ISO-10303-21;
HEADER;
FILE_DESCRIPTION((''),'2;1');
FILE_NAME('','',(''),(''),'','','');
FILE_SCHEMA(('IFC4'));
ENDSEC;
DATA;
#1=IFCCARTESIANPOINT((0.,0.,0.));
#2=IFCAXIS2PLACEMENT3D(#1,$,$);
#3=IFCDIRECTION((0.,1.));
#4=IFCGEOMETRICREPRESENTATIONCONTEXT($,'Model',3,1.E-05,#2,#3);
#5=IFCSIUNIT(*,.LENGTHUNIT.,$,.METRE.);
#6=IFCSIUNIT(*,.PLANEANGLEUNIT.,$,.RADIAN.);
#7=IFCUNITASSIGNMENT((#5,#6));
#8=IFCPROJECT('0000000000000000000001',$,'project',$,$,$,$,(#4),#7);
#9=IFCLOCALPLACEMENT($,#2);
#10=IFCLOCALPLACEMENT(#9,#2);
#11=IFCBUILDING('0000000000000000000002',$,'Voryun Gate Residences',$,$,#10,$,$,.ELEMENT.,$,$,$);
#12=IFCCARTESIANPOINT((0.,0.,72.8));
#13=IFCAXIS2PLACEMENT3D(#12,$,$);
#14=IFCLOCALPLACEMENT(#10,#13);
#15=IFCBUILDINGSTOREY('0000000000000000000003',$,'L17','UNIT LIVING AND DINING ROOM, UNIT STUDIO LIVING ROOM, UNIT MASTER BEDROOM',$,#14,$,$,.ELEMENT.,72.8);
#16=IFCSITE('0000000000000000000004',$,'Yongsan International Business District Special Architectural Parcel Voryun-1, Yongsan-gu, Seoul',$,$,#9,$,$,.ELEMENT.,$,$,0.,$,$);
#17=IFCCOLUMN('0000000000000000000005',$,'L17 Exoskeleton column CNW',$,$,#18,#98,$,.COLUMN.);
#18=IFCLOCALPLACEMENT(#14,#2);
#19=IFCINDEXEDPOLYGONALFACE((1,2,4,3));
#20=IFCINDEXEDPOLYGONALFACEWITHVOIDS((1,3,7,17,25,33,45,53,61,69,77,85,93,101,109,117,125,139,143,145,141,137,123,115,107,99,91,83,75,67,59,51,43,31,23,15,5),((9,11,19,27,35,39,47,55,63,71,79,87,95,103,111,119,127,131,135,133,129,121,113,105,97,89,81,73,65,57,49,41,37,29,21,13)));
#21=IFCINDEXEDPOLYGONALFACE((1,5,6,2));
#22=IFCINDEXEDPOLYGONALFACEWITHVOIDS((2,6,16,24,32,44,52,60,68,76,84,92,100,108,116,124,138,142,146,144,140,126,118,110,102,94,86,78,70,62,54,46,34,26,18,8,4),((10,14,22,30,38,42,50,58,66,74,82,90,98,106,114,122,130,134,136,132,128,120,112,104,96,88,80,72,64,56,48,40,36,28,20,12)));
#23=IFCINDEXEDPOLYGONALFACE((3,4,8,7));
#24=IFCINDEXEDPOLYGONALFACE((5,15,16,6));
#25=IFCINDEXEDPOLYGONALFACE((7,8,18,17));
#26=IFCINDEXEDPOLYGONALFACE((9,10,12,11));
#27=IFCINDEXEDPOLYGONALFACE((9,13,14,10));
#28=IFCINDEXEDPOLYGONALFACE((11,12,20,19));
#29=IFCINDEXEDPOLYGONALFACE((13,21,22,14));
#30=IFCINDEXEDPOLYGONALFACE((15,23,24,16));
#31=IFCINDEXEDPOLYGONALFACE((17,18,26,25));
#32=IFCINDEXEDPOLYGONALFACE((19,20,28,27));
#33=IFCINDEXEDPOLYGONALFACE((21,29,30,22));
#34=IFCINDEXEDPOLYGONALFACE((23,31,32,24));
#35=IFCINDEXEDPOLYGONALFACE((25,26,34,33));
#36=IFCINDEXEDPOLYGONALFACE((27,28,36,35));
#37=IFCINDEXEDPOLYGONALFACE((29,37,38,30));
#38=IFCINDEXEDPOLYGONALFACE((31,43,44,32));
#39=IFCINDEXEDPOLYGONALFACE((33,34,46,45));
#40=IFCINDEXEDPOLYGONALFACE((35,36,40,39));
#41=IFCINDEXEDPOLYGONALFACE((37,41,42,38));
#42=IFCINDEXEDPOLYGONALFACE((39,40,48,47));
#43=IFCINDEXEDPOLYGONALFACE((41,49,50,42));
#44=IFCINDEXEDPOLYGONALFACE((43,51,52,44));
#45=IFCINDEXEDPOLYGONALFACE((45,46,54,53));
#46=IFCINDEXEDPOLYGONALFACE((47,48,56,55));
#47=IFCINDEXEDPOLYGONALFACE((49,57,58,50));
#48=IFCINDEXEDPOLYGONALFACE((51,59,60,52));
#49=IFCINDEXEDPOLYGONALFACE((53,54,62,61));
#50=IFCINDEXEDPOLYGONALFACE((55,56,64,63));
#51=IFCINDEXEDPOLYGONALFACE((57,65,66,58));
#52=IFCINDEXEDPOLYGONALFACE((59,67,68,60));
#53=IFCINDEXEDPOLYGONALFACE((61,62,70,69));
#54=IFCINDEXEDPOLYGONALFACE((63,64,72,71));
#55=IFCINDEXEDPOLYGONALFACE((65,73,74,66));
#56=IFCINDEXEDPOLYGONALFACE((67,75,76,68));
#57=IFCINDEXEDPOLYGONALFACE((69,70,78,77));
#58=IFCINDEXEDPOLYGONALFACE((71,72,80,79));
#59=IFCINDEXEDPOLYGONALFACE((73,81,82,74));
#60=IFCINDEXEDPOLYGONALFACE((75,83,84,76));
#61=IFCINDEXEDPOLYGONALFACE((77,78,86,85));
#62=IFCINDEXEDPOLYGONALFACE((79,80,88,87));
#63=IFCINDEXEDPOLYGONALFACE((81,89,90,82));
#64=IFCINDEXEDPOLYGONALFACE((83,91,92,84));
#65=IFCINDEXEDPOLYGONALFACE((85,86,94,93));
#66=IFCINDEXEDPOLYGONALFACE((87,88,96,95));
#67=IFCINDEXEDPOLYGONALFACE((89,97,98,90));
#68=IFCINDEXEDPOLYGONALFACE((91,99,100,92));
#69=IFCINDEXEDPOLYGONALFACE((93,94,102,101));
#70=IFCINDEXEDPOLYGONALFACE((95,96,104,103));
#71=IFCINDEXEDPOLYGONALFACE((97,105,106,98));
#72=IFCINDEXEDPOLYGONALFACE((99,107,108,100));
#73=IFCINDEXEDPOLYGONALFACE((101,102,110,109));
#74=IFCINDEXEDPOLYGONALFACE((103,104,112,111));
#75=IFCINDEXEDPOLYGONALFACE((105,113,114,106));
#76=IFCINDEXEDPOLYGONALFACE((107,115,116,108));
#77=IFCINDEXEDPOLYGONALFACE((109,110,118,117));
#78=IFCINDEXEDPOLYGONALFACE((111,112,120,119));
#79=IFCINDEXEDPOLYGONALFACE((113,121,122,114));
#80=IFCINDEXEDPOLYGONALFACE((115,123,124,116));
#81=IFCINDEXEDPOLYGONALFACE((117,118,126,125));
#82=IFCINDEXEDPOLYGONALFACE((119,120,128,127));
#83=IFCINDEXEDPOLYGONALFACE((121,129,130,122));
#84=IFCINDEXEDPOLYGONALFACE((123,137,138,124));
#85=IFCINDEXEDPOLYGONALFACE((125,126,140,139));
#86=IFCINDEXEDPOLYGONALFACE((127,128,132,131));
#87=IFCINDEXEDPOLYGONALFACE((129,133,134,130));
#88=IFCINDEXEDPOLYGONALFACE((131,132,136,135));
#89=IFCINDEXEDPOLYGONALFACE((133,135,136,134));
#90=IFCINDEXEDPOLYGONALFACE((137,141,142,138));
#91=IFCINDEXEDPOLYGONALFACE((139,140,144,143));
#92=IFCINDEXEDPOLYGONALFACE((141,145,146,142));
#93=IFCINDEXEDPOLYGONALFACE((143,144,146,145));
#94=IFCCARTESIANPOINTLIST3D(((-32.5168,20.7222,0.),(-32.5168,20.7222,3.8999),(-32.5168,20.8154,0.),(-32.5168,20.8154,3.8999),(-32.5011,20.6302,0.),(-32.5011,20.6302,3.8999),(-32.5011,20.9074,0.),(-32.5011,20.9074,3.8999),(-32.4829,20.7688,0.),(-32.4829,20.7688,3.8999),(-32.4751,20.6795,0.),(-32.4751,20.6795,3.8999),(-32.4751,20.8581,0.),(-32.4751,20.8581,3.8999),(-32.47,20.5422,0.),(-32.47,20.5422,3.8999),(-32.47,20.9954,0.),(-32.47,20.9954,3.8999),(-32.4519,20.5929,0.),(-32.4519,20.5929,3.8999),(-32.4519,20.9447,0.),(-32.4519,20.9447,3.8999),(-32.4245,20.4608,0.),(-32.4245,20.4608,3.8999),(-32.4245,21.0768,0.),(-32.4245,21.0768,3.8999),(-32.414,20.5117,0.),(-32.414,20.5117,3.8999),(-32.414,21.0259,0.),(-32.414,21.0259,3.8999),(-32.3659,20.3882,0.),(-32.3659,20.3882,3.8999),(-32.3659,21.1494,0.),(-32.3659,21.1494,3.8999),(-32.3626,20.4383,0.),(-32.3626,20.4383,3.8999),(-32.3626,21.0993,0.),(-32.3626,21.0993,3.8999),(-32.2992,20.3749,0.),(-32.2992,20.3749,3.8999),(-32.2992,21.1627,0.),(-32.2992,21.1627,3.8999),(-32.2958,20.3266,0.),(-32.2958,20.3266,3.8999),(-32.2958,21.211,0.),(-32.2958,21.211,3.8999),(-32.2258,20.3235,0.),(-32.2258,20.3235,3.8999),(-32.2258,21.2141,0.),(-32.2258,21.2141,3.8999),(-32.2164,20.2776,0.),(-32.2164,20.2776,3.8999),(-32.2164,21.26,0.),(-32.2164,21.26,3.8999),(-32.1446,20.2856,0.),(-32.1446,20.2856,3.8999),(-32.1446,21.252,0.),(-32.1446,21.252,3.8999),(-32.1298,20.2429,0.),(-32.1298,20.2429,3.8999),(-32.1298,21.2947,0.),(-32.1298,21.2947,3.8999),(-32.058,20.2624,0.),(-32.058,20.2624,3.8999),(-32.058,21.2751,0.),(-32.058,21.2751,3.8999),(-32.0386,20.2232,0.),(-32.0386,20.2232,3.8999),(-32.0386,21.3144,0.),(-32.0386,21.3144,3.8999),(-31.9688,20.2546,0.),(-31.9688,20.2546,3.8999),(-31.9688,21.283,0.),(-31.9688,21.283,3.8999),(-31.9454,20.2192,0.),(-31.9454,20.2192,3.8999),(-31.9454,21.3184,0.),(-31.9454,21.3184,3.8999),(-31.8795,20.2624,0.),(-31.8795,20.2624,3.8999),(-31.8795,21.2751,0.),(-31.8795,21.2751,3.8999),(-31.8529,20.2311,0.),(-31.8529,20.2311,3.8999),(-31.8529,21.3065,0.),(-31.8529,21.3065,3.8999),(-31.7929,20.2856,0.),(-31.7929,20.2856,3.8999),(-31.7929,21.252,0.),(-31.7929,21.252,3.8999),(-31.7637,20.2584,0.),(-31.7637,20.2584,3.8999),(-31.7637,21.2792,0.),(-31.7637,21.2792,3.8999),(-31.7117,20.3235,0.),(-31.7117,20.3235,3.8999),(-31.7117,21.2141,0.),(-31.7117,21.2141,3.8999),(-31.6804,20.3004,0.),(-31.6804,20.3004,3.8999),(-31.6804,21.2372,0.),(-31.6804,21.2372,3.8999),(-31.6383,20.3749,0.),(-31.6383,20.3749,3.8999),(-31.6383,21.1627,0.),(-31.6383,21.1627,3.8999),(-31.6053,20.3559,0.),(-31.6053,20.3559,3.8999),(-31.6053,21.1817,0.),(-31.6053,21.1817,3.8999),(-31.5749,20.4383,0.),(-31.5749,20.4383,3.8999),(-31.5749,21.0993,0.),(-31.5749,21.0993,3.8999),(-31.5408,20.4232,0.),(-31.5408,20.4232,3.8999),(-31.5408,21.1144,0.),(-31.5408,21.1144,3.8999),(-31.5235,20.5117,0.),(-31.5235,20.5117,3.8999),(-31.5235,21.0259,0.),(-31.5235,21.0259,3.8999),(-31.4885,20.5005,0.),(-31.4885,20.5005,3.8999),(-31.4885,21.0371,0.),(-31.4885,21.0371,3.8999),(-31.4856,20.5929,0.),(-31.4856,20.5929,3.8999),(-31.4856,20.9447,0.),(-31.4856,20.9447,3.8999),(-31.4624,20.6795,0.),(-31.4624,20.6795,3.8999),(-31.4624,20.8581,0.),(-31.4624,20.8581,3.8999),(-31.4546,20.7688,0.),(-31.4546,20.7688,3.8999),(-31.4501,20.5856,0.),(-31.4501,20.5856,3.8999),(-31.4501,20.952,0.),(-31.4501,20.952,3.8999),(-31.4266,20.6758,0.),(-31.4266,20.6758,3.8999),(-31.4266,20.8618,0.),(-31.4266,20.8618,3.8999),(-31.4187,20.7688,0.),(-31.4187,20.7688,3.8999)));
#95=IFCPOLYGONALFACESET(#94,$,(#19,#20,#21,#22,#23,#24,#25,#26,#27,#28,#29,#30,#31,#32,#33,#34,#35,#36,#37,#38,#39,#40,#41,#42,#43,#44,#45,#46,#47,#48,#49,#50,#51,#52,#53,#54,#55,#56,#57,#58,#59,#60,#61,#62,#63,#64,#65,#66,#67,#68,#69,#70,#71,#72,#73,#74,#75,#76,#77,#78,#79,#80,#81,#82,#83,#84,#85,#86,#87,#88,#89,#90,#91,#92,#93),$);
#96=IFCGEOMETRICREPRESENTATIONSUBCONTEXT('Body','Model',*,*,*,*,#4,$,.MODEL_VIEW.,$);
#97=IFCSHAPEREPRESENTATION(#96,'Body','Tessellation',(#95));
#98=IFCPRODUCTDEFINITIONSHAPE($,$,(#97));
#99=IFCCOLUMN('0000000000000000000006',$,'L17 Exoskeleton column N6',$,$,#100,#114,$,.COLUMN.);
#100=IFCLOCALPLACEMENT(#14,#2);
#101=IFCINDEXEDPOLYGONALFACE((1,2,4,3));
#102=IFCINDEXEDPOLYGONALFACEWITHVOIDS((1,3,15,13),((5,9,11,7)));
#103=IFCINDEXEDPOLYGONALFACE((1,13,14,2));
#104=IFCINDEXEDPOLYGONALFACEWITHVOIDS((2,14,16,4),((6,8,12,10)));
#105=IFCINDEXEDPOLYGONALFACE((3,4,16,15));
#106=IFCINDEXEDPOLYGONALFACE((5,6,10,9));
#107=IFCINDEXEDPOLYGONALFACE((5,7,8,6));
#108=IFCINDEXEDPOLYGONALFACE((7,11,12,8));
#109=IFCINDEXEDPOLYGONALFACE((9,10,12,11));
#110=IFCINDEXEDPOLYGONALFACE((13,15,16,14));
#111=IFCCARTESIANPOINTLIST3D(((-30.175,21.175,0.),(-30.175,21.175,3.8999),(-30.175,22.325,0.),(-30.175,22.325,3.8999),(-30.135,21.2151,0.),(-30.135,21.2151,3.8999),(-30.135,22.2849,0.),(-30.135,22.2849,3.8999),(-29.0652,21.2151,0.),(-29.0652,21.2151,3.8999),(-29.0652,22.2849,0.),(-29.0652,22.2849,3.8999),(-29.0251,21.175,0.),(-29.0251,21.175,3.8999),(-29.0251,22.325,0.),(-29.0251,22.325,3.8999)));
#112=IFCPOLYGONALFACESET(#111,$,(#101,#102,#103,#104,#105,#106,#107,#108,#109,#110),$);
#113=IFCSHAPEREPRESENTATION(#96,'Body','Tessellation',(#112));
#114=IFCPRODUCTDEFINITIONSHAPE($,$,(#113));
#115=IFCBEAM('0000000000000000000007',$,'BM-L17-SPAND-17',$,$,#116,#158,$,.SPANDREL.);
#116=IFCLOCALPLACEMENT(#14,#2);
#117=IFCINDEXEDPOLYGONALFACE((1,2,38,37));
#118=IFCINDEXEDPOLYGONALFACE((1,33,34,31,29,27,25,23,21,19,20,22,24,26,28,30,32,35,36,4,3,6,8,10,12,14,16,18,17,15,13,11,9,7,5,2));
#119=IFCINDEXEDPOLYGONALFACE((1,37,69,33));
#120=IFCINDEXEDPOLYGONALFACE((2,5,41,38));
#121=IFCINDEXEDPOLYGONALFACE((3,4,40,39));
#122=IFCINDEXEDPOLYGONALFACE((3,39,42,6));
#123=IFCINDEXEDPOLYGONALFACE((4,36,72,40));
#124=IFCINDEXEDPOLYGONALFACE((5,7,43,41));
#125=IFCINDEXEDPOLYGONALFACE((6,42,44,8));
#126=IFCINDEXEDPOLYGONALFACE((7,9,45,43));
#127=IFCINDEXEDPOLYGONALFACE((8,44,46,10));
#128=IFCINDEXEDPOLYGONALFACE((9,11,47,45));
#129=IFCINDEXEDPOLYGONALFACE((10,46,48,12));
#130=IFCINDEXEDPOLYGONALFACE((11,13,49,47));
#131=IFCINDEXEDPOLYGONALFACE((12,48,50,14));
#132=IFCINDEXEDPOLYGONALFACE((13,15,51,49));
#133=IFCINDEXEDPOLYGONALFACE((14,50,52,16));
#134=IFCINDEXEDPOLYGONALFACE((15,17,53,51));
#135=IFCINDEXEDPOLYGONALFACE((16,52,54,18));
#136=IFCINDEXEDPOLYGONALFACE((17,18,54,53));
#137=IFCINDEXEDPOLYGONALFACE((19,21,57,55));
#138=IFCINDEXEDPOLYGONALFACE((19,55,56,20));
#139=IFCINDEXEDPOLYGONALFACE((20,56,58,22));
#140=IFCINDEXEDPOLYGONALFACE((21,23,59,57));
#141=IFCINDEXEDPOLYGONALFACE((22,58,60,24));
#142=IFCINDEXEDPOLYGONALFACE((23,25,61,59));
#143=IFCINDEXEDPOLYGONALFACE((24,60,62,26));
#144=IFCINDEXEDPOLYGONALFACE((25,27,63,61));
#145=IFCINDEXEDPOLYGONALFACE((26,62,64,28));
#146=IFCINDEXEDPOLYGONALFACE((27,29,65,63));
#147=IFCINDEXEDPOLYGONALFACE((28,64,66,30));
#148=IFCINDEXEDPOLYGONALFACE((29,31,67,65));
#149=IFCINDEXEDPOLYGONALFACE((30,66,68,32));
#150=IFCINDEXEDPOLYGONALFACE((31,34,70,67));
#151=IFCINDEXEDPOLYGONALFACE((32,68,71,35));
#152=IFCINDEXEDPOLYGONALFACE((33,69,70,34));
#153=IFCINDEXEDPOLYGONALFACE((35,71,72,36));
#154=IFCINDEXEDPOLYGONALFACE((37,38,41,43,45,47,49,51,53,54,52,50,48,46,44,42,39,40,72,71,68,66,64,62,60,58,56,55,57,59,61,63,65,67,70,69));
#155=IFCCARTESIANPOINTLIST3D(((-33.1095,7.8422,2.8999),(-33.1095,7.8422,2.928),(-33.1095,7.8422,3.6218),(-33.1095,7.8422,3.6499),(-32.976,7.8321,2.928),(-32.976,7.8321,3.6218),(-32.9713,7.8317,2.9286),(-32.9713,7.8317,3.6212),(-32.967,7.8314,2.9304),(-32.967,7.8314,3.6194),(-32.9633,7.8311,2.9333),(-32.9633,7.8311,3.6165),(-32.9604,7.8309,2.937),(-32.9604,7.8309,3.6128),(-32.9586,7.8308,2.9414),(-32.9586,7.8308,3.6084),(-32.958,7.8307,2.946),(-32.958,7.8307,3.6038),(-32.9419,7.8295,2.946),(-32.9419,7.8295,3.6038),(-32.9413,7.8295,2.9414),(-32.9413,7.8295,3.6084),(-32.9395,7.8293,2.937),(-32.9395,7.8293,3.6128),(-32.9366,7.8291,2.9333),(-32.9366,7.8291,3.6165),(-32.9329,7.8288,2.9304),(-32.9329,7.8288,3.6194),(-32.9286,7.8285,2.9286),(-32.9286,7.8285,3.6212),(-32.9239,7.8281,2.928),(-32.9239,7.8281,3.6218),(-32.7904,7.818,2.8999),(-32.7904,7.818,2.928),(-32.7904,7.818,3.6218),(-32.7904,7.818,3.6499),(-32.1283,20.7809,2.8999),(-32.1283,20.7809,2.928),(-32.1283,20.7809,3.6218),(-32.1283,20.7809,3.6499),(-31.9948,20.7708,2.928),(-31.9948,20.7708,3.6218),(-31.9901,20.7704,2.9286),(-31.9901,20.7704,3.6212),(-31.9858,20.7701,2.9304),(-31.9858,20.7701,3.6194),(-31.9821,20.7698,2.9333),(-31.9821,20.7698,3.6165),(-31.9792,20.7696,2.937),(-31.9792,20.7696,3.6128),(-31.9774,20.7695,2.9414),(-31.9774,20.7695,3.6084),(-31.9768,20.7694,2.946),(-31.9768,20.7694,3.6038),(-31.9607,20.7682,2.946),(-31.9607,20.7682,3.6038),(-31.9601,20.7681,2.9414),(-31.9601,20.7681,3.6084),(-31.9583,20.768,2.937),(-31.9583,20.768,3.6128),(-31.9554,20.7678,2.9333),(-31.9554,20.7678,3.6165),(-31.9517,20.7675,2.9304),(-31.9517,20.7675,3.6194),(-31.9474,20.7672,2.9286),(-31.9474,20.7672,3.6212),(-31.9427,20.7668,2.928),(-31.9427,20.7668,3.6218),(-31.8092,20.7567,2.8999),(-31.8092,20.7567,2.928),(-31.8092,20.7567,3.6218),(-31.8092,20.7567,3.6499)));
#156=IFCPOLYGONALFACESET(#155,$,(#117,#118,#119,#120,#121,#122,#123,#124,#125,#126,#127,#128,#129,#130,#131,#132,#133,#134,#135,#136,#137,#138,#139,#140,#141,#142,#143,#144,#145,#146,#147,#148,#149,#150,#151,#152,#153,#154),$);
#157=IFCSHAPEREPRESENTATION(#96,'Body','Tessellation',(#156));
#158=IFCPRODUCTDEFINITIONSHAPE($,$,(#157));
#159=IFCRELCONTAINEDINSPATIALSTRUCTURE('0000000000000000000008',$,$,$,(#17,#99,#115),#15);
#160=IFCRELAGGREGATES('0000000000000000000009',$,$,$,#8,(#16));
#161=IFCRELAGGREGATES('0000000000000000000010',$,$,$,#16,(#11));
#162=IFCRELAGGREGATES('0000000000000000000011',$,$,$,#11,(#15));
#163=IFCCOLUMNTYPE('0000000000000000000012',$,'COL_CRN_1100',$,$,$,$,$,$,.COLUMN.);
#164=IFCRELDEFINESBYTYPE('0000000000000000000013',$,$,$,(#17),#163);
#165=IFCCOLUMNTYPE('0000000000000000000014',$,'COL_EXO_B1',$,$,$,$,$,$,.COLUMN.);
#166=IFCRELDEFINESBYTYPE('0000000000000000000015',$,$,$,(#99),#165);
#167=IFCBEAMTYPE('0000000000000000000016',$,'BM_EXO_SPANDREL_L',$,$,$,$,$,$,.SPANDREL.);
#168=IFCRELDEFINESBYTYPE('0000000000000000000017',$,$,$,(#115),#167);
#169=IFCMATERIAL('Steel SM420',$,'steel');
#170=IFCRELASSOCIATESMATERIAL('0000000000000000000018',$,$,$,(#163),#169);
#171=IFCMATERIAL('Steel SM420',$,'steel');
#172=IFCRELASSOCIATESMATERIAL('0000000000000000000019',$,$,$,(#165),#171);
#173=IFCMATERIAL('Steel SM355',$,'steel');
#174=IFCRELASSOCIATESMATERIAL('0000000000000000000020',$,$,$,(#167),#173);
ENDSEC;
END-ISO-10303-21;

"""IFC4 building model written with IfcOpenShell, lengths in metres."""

from ifc_helpers import new_model, si_unit, direction, frame, origin, origin_2d, place, context, subcontext, project, spatial, hollow_rectangle, hollow_circle, i_section, extrude, material, material_profile, profile_set, type_object, element, save


model = new_model("IFC4")

# Units and contexts
model_context = context("Model", 3, precision=1e-05, world=origin(), true_north=direction((0.0, 1.0)))
body_context = subcontext(model_context, "Body", "Model", "MODEL_VIEW")
ifc_project = project(units=[si_unit("LENGTHUNIT", "METRE"), si_unit("PLANEANGLEUNIT", "RADIAN")], contexts=[model_context])

# Site, building, storey
site_placement = place(None, origin())
site = spatial("IfcSite", under=ifc_project, at=site_placement, Name="Yongsan International Business District Special Architectural Parcel Voryun-1, Yongsan-gu, Seoul", CompositionType="ELEMENT", RefElevation=0.0)
building_placement = place(site_placement, origin())
building = spatial("IfcBuilding", under=site, at=building_placement, Name="Voryun Gate Residences", CompositionType="ELEMENT")
storey_placement = place(building_placement, frame((0.0, 0.0, 72.8)))
storey = spatial("IfcBuildingStorey", under=building, at=storey_placement, Name="L17", Description="UNIT LIVING AND DINING ROOM, UNIT STUDIO LIVING ROOM, UNIT MASTER BEDROOM", CompositionType="ELEMENT", Elevation=72.8)

# Columns
ifc_material_1 = material(Name="Steel SM420", Category="steel")
ifc_material_profile_1 = material_profile(ifc_material_1, hollow_circle(Radius=0.55, WallThickness=0.0359, at=origin_2d()), Name="CHS-1100x36")
ifc_profile_set_1 = profile_set([ifc_material_profile_1], Name="Steel SM420")
column_type_1 = type_object("IfcColumnType", Name="COL_CRN_1100", PredefinedType="COLUMN", material=ifc_profile_set_1)
column_1_placement = place(storey_placement, frame((-31.9688, 20.7688, 0.0), z_axis=(0.0, 0.0, 1.0), x_axis=(1.0, 0.0, 0.0)))
element("IfcColumn", 1, at=column_1_placement, inside=storey, type_object=column_type_1, Name="L17 Exoskeleton column CNW", PredefinedType="COLUMN", context=body_context, shape_type="SweptSolid", body=[
    extrude(hollow_circle(Radius=0.55, WallThickness=0.0359, at=origin_2d()), origin(), (0.0, 0.0, 1.0), 3.8999),
])
ifc_material_2 = material(Name="Steel SM420", Category="steel")
ifc_material_profile_2 = material_profile(ifc_material_2, hollow_rectangle(XDim=1.1499, YDim=1.1499, WallThickness=0.04, at=origin_2d()), Name="BOX-1150x1150x40")
ifc_profile_set_2 = profile_set([ifc_material_profile_2], Name="Steel SM420")
column_type_2 = type_object("IfcColumnType", Name="COL_EXO_B1", PredefinedType="COLUMN", material=ifc_profile_set_2)
column_2_placement = place(storey_placement, frame((-29.6001, 21.75, 0.0), z_axis=(0.0, 0.0, 1.0), x_axis=(1.0, 0.0, 0.0)))
element("IfcColumn", 2, at=column_2_placement, inside=storey, type_object=column_type_2, Name="L17 Exoskeleton column N6", PredefinedType="COLUMN", context=body_context, shape_type="SweptSolid", body=[
    extrude(hollow_rectangle(XDim=1.1499, YDim=1.1499, WallThickness=0.04, at=origin_2d()), origin(), (0.0, 0.0, 1.0), 3.8999),
])

# Beam
ifc_material_3 = material(Name="Steel SM355", Category="steel")
ifc_material_profile_3 = material_profile(ifc_material_3, i_section(OverallWidth=0.3201, OverallDepth=0.75, WebThickness=0.0161, FlangeThickness=0.0281, FilletRadius=0.0181, at=origin_2d()), Name="H-750x320x16x28")
ifc_profile_set_3 = profile_set([ifc_material_profile_3], Name="Steel SM355")
beam_type = type_object("IfcBeamType", Name="BM_EXO_SPANDREL_L", PredefinedType="SPANDREL", material=ifc_profile_set_3)
beam_placement = place(storey_placement, frame((-31.9688, 20.7688, 3.2749), z_axis=(-0.075617, -0.997137, 0.0), x_axis=(0.997137, -0.075617, 0.0)))
element("IfcBeam", 3, at=beam_placement, inside=storey, type_object=beam_type, Name="BM-L17-SPAND-17", PredefinedType="SPANDREL", context=body_context, shape_type="SweptSolid", body=[
    extrude(i_section(OverallWidth=0.3201, OverallDepth=0.75, WebThickness=0.0161, FlangeThickness=0.0281, FilletRadius=0.0181, at=origin_2d()), origin(), (0.0, 0.0, 1.0), 12.9758),
])

save(model, "model.ifc")
